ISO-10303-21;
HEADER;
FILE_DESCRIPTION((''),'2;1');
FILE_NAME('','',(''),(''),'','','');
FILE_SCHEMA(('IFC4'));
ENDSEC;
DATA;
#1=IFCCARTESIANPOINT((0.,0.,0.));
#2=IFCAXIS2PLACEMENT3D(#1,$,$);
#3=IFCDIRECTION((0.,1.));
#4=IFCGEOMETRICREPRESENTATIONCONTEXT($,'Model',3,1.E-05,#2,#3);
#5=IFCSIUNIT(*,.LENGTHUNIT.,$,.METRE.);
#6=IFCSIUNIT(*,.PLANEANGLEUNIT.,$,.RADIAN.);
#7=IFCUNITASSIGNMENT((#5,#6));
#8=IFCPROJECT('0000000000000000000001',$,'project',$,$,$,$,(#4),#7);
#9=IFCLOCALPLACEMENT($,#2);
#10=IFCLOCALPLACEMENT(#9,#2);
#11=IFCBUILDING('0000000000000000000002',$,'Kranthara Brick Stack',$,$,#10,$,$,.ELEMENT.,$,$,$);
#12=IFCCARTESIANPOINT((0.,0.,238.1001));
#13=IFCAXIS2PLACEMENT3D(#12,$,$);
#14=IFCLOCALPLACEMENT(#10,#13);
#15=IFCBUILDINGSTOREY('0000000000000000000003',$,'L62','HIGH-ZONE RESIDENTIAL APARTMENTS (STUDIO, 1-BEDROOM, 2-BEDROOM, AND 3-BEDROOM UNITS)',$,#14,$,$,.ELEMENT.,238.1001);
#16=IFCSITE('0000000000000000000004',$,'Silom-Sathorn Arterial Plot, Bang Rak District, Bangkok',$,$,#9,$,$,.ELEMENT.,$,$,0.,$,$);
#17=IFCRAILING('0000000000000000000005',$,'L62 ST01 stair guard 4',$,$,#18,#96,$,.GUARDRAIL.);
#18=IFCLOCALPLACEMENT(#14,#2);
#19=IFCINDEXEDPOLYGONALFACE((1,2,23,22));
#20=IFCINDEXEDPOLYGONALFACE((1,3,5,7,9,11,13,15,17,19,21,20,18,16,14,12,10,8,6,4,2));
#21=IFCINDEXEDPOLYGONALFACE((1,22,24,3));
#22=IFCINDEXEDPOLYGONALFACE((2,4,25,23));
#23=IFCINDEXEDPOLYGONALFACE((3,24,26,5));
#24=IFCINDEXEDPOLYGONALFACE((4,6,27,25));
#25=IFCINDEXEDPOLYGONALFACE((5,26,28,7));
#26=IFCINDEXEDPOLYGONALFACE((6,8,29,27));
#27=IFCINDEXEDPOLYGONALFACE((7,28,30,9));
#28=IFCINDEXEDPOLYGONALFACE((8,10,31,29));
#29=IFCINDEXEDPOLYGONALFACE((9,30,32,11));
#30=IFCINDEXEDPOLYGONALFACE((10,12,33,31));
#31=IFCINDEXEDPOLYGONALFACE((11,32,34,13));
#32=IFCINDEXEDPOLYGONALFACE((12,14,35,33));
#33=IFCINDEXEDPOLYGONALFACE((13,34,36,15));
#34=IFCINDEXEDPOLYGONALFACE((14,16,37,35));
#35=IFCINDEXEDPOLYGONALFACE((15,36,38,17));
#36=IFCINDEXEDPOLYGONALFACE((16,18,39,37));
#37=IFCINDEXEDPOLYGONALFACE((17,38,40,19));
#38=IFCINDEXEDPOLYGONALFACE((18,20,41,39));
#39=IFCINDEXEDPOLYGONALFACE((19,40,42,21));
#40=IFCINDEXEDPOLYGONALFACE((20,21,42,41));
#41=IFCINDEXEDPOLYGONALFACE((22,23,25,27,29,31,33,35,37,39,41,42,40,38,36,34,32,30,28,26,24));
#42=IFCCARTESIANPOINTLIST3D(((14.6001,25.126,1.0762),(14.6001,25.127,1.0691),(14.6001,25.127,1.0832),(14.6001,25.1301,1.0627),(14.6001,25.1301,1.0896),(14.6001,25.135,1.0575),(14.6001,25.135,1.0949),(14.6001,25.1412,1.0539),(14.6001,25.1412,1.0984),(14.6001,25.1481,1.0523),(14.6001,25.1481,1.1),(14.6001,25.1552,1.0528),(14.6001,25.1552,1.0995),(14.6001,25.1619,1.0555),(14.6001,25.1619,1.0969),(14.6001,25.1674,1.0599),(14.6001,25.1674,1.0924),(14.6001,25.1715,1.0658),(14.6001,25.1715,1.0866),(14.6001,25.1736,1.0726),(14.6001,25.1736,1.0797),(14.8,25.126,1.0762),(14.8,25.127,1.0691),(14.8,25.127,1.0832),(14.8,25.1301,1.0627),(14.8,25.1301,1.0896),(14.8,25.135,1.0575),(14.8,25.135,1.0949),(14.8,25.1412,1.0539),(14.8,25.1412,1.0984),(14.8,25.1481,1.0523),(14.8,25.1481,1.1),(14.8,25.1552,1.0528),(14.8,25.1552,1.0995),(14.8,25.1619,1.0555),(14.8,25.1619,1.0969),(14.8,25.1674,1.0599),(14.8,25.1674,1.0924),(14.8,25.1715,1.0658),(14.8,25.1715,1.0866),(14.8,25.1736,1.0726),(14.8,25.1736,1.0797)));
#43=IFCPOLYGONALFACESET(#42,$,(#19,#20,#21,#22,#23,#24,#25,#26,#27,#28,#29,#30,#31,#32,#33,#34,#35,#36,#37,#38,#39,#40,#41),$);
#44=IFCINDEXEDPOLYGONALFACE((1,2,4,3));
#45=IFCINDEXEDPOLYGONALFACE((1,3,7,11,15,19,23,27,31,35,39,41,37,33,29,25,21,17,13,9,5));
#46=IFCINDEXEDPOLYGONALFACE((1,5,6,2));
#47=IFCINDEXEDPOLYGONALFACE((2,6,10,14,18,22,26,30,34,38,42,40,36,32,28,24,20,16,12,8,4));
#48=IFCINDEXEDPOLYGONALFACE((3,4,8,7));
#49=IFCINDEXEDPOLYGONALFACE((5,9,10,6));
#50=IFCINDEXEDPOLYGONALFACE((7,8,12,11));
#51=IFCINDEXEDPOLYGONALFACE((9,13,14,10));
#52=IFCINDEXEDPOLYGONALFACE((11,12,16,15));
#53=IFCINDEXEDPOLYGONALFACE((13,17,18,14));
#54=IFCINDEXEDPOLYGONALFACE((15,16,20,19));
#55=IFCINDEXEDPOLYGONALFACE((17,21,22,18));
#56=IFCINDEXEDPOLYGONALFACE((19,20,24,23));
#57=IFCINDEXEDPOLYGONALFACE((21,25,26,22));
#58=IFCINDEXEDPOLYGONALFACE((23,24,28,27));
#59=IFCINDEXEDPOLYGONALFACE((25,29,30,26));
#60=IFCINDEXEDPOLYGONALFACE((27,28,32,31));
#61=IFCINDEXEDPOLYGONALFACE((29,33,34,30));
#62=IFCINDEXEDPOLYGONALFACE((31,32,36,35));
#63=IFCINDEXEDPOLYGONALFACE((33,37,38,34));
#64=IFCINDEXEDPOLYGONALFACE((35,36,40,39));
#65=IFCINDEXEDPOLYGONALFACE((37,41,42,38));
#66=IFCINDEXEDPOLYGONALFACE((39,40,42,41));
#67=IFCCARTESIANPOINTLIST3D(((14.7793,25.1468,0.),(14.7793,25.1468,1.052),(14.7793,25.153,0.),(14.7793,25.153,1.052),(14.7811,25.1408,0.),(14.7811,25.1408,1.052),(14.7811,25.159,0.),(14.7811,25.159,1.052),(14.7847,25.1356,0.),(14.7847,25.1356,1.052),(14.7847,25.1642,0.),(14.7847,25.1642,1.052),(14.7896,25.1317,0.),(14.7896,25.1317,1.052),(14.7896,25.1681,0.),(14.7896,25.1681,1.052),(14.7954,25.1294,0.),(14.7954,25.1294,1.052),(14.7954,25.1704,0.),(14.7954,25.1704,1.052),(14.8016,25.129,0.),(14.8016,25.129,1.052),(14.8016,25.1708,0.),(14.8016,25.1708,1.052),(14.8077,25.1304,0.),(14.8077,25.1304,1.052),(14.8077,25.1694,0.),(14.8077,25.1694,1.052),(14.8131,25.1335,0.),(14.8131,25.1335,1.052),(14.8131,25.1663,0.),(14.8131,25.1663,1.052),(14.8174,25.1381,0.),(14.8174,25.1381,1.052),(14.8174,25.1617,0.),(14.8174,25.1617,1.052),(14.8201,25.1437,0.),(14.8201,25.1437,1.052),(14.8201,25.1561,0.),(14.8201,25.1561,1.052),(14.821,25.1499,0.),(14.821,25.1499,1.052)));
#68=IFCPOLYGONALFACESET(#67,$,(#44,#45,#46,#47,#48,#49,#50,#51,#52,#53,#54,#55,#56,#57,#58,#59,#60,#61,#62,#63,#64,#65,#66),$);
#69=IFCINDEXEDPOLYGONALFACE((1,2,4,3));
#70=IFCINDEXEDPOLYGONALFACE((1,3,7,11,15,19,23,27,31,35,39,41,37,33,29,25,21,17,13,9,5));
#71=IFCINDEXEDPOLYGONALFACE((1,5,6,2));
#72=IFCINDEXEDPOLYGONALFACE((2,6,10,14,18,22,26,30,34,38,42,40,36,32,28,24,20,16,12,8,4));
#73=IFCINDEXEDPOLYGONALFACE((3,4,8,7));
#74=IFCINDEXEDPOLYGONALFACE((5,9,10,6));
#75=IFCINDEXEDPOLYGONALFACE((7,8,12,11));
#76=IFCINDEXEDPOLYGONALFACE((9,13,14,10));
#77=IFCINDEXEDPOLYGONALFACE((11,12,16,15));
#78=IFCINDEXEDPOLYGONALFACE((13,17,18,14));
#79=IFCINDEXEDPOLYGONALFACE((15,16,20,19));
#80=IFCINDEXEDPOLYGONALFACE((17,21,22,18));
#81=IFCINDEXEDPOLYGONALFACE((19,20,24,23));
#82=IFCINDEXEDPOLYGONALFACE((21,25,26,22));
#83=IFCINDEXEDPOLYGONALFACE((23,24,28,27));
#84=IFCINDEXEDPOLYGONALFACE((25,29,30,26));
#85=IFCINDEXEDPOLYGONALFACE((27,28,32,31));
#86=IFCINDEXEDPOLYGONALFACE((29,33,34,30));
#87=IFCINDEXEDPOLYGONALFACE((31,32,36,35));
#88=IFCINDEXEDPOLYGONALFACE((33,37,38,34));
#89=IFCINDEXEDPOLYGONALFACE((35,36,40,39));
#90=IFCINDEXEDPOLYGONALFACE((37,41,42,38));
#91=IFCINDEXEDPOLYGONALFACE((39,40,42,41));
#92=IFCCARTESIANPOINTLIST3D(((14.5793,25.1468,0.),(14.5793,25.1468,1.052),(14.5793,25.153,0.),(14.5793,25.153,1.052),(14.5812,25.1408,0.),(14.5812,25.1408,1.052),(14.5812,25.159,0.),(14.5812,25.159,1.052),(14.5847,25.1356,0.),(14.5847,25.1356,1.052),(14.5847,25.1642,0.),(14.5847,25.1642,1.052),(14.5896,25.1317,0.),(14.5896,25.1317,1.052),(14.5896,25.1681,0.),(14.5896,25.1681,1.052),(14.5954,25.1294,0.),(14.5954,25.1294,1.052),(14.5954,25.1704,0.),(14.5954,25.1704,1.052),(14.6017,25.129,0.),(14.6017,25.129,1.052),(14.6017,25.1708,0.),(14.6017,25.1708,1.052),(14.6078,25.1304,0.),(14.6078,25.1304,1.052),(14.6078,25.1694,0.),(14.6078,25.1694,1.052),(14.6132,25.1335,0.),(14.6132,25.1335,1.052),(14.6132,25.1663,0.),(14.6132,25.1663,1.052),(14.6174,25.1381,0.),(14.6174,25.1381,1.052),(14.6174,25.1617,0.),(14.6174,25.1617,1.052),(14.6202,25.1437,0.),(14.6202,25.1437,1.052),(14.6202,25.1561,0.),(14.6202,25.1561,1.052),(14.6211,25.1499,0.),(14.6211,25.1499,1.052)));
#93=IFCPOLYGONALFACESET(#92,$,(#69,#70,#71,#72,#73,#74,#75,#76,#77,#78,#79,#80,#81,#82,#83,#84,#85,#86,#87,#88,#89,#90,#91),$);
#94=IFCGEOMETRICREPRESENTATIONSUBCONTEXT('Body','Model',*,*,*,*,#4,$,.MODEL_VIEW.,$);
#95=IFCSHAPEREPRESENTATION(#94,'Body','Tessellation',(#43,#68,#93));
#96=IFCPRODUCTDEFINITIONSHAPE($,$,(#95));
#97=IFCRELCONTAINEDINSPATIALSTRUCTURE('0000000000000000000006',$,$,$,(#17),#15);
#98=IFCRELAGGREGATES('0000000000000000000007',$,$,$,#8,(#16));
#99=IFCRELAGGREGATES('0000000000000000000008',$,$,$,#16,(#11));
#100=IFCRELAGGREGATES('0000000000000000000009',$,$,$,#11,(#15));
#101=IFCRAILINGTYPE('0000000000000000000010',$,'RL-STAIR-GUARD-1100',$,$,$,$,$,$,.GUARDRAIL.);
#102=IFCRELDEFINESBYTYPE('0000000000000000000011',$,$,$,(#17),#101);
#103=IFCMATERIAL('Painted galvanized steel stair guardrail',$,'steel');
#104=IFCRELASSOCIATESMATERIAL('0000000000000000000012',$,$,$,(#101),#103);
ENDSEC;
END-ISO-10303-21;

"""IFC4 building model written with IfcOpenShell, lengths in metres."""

from ifc_helpers import new_model, si_unit, direction, frame, origin, origin_2d, place, context, subcontext, project, spatial, circle, extrude, material, type_object, element, save


model = new_model("IFC4")

# Units and contexts
model_context = context("Model", 3, precision=1e-05, world=origin(), true_north=direction((0.0, 1.0)))
body_context = subcontext(model_context, "Body", "Model", "MODEL_VIEW")
ifc_project = project(units=[si_unit("LENGTHUNIT", "METRE"), si_unit("PLANEANGLEUNIT", "RADIAN")], contexts=[model_context])

# Site, building, storey
site_placement = place(None, origin())
site = spatial("IfcSite", under=ifc_project, at=site_placement, Name="Silom-Sathorn Arterial Plot, Bang Rak District, Bangkok", CompositionType="ELEMENT", RefElevation=0.0)
building_placement = place(site_placement, origin())
building = spatial("IfcBuilding", under=site, at=building_placement, Name="Kranthara Brick Stack", CompositionType="ELEMENT")
storey_placement = place(building_placement, frame((0.0, 0.0, 238.1001)))
storey = spatial("IfcBuildingStorey", under=building, at=storey_placement, Name="L62", Description="HIGH-ZONE RESIDENTIAL APARTMENTS (STUDIO, 1-BEDROOM, 2-BEDROOM, AND 3-BEDROOM UNITS)", CompositionType="ELEMENT", Elevation=238.1001)

# Railing
ifc_material_1 = material(Name="Painted galvanized steel stair guardrail", Category="steel")
railing_type_1 = type_object("IfcRailingType", Name="RL-STAIR-GUARD-1100", PredefinedType="GUARDRAIL", material=ifc_material_1)
railing_1_placement = place(storey_placement, frame((14.8, 25.1499, 0.0)))
element("IfcRailing", 1, at=railing_1_placement, inside=storey, type_object=railing_type_1, Name="L62 ST01 stair guard 4", PredefinedType="GUARDRAIL", context=body_context, shape_type="SweptSolid", body=[
    extrude(circle(Radius=0.0239, at=origin_2d()), frame((0.0, 0.0, 1.0762), z_axis=(-1.0, 0.0, 0.0), x_axis=(0.0, -1.0, 0.0)), (0.0, 0.0, 1.0), 0.2),
    extrude(circle(Radius=0.021, at=origin_2d()), origin(), (0.0, 0.0, 1.0), 1.052),
    extrude(circle(Radius=0.021, at=origin_2d()), frame((-0.2, 0.0, 0.0)), (0.0, 0.0, 1.0), 1.052),
])

save(model, "model.ifc")
